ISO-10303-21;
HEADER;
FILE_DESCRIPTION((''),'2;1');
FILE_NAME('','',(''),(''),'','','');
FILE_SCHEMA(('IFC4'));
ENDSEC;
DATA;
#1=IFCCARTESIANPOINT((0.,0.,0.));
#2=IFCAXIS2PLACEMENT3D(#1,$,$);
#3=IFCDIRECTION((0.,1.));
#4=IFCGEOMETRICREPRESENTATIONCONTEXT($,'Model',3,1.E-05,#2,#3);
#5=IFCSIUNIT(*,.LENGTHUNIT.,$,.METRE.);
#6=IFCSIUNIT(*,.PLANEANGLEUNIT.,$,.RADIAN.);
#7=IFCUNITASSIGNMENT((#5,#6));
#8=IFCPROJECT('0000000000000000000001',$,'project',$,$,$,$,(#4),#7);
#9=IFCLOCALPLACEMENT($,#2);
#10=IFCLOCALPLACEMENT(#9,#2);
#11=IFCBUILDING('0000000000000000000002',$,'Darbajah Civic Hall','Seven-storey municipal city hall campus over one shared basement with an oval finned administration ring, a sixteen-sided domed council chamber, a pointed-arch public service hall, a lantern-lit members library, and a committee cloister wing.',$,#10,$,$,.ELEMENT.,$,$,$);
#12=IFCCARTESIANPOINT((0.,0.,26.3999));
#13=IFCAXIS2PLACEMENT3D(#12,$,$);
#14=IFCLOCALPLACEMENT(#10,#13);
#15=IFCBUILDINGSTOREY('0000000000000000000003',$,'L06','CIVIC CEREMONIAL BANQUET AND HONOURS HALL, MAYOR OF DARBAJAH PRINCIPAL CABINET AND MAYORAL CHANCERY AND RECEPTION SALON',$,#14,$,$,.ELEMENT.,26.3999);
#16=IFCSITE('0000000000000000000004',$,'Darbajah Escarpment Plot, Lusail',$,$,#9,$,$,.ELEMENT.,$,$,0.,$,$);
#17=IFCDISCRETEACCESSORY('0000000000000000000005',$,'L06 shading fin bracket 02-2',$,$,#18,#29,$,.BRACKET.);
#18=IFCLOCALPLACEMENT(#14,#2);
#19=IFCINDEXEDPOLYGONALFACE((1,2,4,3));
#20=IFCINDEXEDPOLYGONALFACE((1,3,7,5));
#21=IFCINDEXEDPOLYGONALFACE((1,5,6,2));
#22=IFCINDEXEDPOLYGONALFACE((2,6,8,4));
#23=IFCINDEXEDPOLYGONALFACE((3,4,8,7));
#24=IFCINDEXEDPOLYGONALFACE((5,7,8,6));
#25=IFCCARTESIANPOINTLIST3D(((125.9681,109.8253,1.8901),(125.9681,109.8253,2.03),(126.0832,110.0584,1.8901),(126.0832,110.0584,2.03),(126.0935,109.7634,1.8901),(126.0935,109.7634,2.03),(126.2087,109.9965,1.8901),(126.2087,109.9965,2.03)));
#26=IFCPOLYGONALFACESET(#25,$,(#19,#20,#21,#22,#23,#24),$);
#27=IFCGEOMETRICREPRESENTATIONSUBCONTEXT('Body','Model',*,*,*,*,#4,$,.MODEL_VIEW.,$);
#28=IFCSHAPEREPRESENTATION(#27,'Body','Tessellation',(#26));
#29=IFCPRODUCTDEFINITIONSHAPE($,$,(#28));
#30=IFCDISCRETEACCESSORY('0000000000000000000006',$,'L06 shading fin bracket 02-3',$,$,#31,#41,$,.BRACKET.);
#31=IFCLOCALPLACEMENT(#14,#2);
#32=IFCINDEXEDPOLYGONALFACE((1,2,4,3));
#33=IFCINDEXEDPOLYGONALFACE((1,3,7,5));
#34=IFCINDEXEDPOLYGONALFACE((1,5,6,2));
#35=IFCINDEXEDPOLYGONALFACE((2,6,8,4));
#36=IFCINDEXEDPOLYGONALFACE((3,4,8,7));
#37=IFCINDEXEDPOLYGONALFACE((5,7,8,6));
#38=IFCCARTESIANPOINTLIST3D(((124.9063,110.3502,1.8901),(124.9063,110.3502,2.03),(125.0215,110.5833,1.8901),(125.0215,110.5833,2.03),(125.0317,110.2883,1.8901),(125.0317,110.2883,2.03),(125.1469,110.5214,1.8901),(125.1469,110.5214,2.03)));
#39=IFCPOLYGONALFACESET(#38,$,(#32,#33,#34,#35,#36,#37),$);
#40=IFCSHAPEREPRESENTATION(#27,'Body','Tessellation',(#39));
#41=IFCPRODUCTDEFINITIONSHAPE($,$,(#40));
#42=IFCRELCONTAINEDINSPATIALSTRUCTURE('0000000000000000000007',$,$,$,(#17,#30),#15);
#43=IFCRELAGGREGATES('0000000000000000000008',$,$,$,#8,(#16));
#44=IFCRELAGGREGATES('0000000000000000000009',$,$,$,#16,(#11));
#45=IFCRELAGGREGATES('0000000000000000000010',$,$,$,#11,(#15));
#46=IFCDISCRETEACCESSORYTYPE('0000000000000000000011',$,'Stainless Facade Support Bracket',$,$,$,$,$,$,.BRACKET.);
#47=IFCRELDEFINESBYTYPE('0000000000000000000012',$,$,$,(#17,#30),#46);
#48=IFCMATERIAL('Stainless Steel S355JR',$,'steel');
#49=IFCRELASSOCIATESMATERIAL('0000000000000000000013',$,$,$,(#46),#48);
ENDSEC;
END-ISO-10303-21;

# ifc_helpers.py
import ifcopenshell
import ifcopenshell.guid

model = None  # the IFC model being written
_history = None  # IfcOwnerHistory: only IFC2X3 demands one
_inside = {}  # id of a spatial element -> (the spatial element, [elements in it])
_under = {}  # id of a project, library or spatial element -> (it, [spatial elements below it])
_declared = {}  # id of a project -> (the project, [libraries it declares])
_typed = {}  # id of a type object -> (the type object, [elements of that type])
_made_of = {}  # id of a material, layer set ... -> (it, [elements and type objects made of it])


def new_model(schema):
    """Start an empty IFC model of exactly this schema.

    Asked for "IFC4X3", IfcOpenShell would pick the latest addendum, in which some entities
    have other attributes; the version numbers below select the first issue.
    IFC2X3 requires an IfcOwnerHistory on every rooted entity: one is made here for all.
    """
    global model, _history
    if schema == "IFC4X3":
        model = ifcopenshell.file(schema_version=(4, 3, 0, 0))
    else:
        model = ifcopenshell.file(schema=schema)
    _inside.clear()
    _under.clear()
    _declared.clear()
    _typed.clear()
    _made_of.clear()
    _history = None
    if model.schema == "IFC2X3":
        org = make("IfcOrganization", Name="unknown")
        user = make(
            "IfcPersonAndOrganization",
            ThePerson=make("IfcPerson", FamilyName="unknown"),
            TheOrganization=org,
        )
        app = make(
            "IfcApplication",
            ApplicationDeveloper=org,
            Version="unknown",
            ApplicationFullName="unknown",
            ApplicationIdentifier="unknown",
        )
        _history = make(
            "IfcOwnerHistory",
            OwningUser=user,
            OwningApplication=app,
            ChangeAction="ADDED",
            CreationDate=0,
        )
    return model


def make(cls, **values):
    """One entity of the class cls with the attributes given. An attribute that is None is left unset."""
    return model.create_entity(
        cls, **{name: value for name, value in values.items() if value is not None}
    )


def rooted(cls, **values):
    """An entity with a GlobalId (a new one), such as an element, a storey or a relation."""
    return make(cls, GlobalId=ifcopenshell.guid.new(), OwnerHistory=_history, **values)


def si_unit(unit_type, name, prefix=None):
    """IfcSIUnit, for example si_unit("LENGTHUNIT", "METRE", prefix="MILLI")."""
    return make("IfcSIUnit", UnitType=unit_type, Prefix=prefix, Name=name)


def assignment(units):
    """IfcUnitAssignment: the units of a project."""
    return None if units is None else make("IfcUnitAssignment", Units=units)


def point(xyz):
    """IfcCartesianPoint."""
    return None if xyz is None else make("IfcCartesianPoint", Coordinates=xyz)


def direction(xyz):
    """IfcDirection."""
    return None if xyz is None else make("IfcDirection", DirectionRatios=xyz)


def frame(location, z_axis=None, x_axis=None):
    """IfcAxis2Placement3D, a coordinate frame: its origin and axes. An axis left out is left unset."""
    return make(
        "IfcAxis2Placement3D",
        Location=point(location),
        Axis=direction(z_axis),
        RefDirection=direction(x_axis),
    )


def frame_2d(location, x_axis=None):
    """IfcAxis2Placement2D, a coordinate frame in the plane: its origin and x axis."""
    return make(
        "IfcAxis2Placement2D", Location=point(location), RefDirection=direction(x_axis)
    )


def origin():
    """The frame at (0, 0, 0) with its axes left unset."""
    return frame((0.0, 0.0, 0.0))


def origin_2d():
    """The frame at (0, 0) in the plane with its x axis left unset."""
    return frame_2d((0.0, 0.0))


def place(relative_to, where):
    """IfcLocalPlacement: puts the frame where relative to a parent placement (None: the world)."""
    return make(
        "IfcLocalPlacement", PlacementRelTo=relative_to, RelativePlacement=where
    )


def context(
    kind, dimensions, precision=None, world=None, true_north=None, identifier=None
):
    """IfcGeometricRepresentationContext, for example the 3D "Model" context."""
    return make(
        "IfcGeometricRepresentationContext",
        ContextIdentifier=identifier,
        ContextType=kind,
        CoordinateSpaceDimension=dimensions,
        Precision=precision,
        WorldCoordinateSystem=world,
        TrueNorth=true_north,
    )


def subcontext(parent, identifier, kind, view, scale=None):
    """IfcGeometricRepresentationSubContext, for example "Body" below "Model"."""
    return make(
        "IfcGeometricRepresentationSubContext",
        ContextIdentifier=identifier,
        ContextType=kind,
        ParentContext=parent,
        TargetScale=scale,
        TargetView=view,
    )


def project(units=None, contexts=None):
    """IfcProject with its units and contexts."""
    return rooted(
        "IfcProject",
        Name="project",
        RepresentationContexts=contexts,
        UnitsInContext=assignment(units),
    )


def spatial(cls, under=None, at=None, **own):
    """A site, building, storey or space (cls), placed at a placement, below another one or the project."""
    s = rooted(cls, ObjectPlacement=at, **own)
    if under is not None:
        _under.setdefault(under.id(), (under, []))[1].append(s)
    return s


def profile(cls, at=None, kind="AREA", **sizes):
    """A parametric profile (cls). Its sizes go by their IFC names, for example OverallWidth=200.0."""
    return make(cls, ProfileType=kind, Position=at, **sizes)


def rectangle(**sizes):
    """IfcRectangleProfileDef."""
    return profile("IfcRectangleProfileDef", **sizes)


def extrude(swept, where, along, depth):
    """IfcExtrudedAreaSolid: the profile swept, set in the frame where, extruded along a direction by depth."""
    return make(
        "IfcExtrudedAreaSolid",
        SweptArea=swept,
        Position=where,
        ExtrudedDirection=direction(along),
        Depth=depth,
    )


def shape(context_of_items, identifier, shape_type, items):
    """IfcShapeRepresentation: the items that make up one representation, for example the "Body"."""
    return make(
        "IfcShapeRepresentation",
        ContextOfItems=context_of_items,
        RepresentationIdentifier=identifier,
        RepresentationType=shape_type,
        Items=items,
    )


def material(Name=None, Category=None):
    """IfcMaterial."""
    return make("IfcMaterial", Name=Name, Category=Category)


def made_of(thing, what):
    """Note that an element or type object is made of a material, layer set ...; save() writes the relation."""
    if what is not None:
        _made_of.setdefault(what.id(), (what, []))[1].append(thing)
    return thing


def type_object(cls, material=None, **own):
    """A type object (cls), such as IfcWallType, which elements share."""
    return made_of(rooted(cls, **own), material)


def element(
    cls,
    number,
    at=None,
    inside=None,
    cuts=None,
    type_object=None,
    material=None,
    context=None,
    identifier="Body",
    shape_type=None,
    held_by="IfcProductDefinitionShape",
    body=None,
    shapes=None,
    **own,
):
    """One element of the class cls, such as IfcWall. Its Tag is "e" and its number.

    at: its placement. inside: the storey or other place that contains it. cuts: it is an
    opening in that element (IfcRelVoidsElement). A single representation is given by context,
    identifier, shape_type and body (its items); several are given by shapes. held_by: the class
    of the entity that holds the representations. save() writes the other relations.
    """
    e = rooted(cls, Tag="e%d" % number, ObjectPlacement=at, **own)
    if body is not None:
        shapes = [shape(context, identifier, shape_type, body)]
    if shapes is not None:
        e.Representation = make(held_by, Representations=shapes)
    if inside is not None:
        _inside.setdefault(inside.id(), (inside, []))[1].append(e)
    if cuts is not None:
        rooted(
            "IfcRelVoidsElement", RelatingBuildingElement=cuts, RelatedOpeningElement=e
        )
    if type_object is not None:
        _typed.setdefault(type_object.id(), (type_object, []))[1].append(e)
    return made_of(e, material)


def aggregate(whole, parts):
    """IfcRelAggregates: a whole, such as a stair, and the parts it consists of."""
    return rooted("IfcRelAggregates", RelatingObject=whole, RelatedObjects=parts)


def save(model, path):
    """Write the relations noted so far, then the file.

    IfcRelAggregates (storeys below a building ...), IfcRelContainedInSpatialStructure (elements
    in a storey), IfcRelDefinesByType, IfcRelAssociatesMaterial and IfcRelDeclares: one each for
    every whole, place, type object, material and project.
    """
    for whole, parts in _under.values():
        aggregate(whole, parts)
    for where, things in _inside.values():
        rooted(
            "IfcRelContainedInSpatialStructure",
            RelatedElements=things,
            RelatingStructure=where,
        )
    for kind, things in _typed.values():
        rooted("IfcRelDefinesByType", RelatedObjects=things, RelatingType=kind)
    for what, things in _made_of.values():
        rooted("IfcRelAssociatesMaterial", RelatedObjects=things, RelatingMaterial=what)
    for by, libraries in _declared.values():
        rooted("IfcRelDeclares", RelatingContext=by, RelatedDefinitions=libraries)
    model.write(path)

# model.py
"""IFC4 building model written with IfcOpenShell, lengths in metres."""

from ifc_helpers import new_model, si_unit, direction, frame, origin, origin_2d, place, context, subcontext, project, spatial, rectangle, extrude, material, type_object, element, save


model = new_model("IFC4")

# Units and contexts
model_context = context("Model", 3, precision=1e-05, world=origin(), true_north=direction((0.0, 1.0)))
body_context = subcontext(model_context, "Body", "Model", "MODEL_VIEW")
ifc_project = project(units=[si_unit("LENGTHUNIT", "METRE"), si_unit("PLANEANGLEUNIT", "RADIAN")], contexts=[model_context])

# Site, building, storey
site_placement = place(None, origin())
site = spatial("IfcSite", under=ifc_project, at=site_placement, Name="Darbajah Escarpment Plot, Lusail", CompositionType="ELEMENT", RefElevation=0.0)
building_placement = place(site_placement, origin())
building = spatial("IfcBuilding", under=site, at=building_placement, Name="Darbajah Civic Hall", Description="Seven-storey municipal city hall campus over one shared basement with an oval finned administration ring, a sixteen-sided domed council chamber, a pointed-arch public service hall, a lantern-lit members library, and a committee cloister wing.", CompositionType="ELEMENT")
storey_placement = place(building_placement, frame((0.0, 0.0, 26.3999)))
storey = spatial("IfcBuildingStorey", under=building, at=storey_placement, Name="L06", Description="CIVIC CEREMONIAL BANQUET AND HONOURS HALL, MAYOR OF DARBAJAH PRINCIPAL CABINET AND MAYORAL CHANCERY AND RECEPTION SALON", CompositionType="ELEMENT", Elevation=26.3999)

# Discrete accessories
ifc_material_1 = material(Name="Stainless Steel S355JR", Category="steel")
discrete_accessory_type = type_object("IfcDiscreteAccessoryType", Name="Stainless Facade Support Bracket", PredefinedType="BRACKET", material=ifc_material_1)
for number, where, z_axis, x_axis, name in (
    (1, (126.0884, 109.9109, 1.8901), (0.0, 0.0, 1.0), (0.442915, 0.896564, 0.0), "L06 shading fin bracket 02-2"),
    (2, (125.0266, 110.4358, 1.8901), (0.0, 0.0, 1.0), (0.442915, 0.896564, 0.0), "L06 shading fin bracket 02-3"),
):
    element("IfcDiscreteAccessory", number, at=place(storey_placement, frame(where, z_axis=z_axis, x_axis=x_axis)), inside=storey, type_object=discrete_accessory_type, Name=name, PredefinedType="BRACKET", context=body_context, shape_type="SweptSolid", body=[
        extrude(rectangle(XDim=0.26, YDim=0.1399, at=origin_2d()), origin(), (0.0, 0.0, 1.0), 0.1399),
    ])

save(model, "model.ifc")
